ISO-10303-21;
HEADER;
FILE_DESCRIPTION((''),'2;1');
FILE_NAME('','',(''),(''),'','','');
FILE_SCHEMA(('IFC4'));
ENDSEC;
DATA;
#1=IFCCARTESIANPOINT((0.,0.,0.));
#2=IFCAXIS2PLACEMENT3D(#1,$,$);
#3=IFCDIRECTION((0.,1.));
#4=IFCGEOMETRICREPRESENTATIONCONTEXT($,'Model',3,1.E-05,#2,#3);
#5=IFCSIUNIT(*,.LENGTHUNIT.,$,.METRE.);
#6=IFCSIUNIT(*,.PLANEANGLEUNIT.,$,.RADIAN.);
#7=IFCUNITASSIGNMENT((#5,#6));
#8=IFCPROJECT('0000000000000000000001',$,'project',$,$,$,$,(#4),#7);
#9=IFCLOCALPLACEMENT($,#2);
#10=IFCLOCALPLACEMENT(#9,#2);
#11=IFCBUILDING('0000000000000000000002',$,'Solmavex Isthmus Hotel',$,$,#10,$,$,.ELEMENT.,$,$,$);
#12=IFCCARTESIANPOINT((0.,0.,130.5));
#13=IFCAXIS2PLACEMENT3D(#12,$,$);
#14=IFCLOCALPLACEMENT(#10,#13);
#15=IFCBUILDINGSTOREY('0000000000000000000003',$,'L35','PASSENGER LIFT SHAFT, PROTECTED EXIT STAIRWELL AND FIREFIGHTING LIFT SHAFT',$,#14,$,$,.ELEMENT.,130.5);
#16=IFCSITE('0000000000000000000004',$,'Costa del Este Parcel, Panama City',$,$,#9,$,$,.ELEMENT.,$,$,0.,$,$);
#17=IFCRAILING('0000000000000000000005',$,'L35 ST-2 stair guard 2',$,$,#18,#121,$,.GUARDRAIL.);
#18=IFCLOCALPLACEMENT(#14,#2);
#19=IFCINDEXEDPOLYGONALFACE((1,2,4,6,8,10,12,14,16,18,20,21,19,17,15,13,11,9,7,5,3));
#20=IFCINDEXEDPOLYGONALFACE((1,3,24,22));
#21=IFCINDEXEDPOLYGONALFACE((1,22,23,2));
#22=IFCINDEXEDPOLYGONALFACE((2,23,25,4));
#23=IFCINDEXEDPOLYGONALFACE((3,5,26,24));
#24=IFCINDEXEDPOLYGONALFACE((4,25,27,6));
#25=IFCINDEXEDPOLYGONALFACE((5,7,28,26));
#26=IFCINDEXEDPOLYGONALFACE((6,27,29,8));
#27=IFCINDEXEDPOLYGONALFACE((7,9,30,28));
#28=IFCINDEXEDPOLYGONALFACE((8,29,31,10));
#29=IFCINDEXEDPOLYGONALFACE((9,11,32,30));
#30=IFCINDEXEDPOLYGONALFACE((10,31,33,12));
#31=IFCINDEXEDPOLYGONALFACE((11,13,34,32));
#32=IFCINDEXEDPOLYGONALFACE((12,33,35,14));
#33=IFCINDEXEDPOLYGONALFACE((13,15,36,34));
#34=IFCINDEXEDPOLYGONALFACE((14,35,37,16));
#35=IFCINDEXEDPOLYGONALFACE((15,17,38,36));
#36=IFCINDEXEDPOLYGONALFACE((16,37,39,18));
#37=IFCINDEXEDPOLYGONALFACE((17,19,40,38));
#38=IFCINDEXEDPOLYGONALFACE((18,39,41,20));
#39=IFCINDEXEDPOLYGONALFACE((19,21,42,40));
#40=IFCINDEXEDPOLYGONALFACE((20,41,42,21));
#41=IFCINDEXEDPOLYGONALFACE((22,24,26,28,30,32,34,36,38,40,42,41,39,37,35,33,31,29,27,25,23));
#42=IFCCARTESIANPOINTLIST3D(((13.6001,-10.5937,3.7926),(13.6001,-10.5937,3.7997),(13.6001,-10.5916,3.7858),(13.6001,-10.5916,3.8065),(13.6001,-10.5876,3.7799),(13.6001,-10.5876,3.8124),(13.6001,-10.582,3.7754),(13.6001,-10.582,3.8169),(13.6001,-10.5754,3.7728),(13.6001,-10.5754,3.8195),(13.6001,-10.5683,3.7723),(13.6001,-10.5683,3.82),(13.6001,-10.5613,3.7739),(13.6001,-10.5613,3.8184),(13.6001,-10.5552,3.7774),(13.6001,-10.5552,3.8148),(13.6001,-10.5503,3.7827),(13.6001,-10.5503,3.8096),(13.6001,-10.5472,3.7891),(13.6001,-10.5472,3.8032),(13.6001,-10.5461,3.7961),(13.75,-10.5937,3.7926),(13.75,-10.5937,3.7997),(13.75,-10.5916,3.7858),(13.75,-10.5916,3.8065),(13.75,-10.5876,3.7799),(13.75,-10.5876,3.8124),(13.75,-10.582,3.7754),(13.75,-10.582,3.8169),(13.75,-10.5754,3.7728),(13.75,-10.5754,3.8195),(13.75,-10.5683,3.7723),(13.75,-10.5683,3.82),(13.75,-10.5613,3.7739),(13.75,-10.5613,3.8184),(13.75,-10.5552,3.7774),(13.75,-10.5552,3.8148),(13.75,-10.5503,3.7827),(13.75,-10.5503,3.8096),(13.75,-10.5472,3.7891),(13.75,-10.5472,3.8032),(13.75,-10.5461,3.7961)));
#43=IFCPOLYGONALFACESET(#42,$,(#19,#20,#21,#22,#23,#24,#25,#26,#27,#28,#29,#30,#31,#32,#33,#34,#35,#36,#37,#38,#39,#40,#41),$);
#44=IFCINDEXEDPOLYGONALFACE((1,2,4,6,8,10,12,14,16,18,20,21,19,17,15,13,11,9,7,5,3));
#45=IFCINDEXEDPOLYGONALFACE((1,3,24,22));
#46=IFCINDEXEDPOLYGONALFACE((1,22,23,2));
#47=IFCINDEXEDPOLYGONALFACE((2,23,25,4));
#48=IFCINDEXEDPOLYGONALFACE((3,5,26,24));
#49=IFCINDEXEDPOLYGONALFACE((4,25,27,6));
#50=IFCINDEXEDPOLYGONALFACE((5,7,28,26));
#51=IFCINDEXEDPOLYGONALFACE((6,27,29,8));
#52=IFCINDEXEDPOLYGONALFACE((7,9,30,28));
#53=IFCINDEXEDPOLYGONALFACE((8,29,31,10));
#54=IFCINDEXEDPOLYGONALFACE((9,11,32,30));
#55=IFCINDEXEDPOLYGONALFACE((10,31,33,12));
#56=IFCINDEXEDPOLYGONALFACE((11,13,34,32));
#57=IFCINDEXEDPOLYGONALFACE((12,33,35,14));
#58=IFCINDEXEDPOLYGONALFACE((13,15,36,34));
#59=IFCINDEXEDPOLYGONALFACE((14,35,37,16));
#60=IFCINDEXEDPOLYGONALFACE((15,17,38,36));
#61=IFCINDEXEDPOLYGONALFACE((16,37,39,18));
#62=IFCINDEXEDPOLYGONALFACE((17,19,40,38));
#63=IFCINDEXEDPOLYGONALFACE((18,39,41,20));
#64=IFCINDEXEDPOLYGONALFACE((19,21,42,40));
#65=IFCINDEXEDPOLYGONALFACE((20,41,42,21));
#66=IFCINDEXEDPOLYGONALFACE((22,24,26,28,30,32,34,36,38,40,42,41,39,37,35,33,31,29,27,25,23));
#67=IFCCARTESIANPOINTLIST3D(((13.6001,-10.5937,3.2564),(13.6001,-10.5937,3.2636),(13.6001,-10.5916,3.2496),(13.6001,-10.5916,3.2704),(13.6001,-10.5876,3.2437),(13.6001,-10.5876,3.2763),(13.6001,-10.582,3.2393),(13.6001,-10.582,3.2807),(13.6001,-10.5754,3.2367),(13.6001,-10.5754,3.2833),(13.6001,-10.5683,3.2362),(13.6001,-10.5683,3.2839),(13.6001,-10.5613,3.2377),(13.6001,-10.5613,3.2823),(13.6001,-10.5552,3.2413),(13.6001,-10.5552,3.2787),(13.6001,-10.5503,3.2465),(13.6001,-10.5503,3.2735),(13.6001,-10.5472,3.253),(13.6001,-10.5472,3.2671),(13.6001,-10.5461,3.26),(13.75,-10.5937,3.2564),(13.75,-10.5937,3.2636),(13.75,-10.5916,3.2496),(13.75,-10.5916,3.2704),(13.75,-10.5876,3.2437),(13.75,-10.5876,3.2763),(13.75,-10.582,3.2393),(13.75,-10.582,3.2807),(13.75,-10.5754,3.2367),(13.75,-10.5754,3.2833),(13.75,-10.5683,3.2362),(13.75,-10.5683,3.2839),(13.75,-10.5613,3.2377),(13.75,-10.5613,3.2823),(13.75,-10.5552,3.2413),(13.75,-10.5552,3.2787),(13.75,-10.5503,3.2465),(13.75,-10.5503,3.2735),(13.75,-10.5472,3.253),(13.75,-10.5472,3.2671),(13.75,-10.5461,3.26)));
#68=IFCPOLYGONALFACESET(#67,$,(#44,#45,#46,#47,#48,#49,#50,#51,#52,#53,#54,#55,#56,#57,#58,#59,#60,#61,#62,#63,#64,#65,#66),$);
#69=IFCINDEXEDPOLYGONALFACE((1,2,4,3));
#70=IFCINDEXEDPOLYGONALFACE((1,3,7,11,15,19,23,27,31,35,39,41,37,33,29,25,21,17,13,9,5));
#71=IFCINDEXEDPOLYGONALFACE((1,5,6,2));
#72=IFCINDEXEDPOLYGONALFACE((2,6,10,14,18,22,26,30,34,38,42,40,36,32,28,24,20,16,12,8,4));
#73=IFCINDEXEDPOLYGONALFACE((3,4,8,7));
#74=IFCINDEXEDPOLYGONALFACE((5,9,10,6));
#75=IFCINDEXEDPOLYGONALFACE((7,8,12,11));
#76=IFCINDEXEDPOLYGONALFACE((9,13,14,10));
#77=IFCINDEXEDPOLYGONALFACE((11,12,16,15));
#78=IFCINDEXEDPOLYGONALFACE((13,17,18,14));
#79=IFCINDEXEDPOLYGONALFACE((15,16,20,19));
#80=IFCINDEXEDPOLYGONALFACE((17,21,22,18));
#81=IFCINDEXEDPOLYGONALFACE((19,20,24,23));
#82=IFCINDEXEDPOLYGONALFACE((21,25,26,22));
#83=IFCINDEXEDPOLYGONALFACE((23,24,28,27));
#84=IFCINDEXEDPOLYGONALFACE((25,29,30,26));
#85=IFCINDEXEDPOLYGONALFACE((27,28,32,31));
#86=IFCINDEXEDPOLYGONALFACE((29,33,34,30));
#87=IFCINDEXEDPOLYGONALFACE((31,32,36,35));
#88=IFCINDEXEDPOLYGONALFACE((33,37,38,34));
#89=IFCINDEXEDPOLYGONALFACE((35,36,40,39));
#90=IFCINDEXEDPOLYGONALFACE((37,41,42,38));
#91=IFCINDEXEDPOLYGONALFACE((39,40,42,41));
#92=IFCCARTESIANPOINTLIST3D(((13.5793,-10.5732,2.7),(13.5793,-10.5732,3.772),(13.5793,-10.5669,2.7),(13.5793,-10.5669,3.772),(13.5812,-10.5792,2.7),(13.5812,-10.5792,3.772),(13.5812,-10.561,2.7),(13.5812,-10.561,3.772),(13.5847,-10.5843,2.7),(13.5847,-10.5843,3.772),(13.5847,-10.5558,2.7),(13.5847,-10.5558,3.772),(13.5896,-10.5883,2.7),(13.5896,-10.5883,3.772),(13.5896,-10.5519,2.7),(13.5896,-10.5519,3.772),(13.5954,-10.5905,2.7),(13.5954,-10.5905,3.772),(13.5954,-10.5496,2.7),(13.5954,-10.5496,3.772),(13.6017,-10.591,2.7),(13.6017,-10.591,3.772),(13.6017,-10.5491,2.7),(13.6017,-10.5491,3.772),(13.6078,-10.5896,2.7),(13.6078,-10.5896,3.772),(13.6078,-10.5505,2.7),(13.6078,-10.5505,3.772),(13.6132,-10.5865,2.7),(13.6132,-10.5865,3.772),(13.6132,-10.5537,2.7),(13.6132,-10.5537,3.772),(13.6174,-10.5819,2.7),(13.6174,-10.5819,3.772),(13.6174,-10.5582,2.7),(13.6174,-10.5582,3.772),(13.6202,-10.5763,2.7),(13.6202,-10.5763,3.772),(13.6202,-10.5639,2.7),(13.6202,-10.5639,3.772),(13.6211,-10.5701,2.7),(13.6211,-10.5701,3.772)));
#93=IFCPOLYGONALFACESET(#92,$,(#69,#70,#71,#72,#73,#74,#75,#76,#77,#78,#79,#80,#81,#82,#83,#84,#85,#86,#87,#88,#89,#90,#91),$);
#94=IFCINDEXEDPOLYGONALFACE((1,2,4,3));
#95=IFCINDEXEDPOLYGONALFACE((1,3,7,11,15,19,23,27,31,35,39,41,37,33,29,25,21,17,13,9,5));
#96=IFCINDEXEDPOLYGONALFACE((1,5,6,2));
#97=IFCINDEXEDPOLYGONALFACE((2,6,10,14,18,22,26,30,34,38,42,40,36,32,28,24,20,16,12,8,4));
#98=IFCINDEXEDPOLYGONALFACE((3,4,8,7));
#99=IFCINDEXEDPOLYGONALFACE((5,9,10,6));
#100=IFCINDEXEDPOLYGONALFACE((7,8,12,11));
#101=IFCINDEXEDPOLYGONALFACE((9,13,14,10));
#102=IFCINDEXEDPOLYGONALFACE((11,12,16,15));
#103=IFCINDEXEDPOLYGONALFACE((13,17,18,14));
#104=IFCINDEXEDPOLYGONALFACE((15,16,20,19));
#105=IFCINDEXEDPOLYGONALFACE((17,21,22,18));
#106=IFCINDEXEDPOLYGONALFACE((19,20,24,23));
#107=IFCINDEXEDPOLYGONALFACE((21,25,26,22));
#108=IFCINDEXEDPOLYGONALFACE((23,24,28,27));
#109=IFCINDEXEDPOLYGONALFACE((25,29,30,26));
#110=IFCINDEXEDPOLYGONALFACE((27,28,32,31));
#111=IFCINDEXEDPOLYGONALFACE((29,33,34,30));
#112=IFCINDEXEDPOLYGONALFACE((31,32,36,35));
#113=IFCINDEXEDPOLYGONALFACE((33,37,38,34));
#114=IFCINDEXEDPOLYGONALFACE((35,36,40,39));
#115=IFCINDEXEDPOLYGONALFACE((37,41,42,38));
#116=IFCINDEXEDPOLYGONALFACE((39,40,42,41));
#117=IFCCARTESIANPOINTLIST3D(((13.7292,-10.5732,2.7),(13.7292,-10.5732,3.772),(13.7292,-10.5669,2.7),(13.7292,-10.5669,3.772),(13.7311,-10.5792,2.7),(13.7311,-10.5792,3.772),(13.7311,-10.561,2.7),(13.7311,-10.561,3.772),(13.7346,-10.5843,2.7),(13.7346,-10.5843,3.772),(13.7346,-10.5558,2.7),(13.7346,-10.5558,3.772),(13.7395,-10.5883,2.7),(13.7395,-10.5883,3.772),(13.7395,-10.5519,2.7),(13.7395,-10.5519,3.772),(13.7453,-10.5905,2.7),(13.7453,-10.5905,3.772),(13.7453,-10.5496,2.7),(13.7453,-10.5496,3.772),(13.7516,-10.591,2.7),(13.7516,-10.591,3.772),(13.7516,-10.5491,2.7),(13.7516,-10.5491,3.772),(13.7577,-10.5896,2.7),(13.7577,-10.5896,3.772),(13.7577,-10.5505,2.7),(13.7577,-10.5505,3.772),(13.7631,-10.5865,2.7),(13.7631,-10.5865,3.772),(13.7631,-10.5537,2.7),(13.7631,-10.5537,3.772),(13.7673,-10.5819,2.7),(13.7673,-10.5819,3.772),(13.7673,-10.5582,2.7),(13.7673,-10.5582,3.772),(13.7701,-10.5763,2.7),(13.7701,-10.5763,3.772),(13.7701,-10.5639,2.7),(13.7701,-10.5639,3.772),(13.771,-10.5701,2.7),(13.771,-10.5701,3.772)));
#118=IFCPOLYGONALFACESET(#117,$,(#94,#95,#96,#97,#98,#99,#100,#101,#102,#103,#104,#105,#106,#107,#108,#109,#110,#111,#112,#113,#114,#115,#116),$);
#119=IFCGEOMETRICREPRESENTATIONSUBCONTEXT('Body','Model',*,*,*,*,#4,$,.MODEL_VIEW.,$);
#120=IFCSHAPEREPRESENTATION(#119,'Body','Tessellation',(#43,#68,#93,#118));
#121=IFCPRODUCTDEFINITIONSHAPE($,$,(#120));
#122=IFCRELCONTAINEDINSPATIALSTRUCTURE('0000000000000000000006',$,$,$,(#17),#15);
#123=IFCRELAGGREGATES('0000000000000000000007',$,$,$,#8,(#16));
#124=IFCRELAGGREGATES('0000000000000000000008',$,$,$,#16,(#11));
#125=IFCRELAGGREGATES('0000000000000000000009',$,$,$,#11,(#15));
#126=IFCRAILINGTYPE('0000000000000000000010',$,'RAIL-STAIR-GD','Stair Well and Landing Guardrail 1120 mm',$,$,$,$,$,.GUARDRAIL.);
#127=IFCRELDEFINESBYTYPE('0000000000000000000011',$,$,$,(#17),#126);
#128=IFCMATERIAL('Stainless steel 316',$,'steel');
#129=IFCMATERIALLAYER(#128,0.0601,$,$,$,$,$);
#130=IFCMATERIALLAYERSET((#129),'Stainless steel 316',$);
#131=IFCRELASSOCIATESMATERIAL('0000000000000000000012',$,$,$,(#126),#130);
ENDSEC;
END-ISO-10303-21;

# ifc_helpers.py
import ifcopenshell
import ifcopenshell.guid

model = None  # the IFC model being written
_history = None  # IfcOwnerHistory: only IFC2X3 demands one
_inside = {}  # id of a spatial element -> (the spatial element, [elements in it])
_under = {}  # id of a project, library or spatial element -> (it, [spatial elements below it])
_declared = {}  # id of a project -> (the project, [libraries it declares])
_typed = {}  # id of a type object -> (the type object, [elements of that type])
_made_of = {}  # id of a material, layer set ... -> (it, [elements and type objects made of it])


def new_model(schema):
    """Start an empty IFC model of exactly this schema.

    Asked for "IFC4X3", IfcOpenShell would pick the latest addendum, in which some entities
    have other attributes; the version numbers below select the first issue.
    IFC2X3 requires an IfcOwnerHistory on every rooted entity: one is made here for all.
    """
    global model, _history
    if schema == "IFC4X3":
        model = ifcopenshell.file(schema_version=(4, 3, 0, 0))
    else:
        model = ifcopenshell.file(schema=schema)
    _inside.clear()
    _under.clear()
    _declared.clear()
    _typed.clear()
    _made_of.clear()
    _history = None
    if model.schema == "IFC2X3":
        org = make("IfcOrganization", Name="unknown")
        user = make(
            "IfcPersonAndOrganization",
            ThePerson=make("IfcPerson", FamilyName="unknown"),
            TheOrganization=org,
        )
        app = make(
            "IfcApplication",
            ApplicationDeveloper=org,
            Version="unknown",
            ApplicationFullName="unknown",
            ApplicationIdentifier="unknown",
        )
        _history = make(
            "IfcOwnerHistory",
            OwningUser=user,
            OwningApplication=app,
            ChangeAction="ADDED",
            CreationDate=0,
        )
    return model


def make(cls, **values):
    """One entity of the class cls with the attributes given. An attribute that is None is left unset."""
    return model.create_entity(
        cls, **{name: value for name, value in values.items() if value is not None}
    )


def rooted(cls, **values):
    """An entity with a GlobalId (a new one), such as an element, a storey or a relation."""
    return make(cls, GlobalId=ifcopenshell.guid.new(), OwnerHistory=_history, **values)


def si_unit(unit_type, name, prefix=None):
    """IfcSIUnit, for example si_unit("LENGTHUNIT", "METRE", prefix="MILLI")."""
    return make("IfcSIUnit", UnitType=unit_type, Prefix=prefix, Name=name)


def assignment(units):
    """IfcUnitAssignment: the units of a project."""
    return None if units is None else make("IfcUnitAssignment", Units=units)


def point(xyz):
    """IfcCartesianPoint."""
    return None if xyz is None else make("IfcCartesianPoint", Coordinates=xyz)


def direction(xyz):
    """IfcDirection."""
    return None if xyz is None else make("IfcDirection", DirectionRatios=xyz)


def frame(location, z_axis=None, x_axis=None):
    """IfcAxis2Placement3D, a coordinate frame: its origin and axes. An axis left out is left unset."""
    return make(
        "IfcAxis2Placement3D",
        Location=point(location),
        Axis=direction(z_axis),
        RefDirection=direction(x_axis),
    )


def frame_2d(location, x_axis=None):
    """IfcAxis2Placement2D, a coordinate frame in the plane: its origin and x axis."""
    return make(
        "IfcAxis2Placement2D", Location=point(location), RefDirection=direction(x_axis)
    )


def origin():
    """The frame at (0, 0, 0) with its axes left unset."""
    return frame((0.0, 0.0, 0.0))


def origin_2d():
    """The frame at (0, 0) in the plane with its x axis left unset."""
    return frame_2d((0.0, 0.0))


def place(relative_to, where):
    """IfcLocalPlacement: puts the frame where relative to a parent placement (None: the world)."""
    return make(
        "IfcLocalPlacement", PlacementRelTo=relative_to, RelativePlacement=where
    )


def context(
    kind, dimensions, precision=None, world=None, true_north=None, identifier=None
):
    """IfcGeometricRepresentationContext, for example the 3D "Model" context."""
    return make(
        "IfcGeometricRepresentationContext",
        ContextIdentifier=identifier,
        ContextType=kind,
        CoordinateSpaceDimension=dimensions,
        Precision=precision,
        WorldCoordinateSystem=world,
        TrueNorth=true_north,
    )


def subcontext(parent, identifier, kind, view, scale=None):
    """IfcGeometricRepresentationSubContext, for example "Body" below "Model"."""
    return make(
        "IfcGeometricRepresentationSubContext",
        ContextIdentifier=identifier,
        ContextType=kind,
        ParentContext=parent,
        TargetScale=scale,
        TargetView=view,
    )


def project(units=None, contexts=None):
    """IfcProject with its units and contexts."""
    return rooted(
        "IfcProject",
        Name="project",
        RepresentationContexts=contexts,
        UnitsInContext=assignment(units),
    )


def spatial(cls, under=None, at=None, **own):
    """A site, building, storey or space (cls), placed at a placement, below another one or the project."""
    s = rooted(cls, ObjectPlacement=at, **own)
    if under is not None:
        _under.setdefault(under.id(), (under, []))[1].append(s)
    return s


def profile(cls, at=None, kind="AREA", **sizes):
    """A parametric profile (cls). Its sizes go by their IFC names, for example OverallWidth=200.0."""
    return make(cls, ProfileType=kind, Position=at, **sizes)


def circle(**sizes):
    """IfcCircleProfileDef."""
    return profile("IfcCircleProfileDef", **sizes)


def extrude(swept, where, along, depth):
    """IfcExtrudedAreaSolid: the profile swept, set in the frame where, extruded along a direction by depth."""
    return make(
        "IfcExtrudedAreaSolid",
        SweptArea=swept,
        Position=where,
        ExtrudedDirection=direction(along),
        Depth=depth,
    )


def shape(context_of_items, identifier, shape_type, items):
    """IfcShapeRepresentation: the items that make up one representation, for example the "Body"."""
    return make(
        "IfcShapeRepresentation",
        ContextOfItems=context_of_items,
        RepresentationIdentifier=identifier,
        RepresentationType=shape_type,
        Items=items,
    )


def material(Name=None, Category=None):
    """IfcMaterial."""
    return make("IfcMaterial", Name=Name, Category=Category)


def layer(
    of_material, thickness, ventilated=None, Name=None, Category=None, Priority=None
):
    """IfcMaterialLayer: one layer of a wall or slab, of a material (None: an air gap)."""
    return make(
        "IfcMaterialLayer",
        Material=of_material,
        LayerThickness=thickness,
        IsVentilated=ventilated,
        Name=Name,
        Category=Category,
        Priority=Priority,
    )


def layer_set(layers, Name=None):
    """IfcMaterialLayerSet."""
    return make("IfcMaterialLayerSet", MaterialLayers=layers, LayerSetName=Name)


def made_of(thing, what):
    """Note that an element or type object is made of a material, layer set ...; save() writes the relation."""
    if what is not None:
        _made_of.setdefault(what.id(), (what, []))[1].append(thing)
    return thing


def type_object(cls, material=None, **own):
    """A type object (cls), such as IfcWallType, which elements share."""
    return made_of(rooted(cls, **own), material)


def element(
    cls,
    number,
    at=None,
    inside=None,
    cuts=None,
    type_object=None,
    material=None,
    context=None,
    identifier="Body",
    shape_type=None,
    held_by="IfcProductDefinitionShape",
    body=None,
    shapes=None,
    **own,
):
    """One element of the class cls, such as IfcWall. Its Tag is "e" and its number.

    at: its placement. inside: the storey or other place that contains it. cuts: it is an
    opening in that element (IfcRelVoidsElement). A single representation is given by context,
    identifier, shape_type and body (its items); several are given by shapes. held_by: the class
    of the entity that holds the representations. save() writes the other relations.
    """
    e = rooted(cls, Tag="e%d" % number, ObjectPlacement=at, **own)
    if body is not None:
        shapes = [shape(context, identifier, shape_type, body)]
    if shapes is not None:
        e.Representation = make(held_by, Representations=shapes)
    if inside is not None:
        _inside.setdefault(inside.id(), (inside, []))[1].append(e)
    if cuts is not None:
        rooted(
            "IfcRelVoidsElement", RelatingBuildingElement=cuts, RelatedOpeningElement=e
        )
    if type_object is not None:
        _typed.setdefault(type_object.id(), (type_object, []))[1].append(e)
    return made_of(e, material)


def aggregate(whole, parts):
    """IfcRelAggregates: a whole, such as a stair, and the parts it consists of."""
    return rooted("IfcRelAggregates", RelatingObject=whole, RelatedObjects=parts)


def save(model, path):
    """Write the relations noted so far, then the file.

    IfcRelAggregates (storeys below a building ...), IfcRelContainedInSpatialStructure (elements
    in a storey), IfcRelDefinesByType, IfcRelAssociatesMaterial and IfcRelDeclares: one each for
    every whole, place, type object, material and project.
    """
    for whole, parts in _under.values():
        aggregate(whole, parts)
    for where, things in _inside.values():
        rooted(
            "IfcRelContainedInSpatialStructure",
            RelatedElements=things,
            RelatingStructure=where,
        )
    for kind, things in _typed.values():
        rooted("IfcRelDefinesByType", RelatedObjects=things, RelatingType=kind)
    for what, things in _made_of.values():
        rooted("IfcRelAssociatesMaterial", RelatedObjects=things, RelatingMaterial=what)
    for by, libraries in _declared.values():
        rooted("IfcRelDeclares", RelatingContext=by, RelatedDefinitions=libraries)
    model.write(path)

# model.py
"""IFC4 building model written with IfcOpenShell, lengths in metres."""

from ifc_helpers import new_model, si_unit, direction, frame, origin, origin_2d, place, context, subcontext, project, spatial, circle, extrude, material, layer, layer_set, type_object, element, save


model = new_model("IFC4")

# Units and contexts
model_context = context("Model", 3, precision=1e-05, world=origin(), true_north=direction((0.0, 1.0)))
body_context = subcontext(model_context, "Body", "Model", "MODEL_VIEW")
ifc_project = project(units=[si_unit("LENGTHUNIT", "METRE"), si_unit("PLANEANGLEUNIT", "RADIAN")], contexts=[model_context])

# Site, building, storey
site_placement = place(None, origin())
site = spatial("IfcSite", under=ifc_project, at=site_placement, Name="Costa del Este Parcel, Panama City", CompositionType="ELEMENT", RefElevation=0.0)
building_placement = place(site_placement, origin())
building = spatial("IfcBuilding", under=site, at=building_placement, Name="Solmavex Isthmus Hotel", CompositionType="ELEMENT")
storey_placement = place(building_placement, frame((0.0, 0.0, 130.5)))
storey = spatial("IfcBuildingStorey", under=building, at=storey_placement, Name="L35", Description="PASSENGER LIFT SHAFT, PROTECTED EXIT STAIRWELL AND FIREFIGHTING LIFT SHAFT", CompositionType="ELEMENT", Elevation=130.5)

# Railing
ifc_material_1 = material(Name="Stainless steel 316", Category="steel")
ifc_layer_1 = layer(ifc_material_1, 0.0601)
ifc_layer_set_1 = layer_set([ifc_layer_1], Name="Stainless steel 316")
railing_type_1 = type_object("IfcRailingType", Name="RAIL-STAIR-GD", Description="Stair Well and Landing Guardrail 1120 mm", PredefinedType="GUARDRAIL", material=ifc_layer_set_1)
railing_1_placement = place(storey_placement, frame((13.6001, -10.5701, 2.7)))
element("IfcRailing", 1, at=railing_1_placement, inside=storey, type_object=railing_type_1, Name="L35 ST-2 stair guard 2", PredefinedType="GUARDRAIL", context=body_context, shape_type="SweptSolid", body=[
    extrude(circle(Radius=0.0239, at=origin_2d()), frame((0.0, 0.0, 1.0962), z_axis=(1.0, 0.0, 0.0), x_axis=(0.0, 1.0, 0.0)), (0.0, 0.0, 1.0), 0.1499),
    extrude(circle(Radius=0.0239, at=origin_2d()), frame((0.0, 0.0, 0.5601), z_axis=(1.0, 0.0, 0.0), x_axis=(0.0, 1.0, 0.0)), (0.0, 0.0, 1.0), 0.1499),
    extrude(circle(Radius=0.021, at=origin_2d()), origin(), (0.0, 0.0, 1.0), 1.072),
    extrude(circle(Radius=0.021, at=origin_2d()), frame((0.1499, 0.0, 0.0)), (0.0, 0.0, 1.0), 1.072),
])

save(model, "model.ifc")
